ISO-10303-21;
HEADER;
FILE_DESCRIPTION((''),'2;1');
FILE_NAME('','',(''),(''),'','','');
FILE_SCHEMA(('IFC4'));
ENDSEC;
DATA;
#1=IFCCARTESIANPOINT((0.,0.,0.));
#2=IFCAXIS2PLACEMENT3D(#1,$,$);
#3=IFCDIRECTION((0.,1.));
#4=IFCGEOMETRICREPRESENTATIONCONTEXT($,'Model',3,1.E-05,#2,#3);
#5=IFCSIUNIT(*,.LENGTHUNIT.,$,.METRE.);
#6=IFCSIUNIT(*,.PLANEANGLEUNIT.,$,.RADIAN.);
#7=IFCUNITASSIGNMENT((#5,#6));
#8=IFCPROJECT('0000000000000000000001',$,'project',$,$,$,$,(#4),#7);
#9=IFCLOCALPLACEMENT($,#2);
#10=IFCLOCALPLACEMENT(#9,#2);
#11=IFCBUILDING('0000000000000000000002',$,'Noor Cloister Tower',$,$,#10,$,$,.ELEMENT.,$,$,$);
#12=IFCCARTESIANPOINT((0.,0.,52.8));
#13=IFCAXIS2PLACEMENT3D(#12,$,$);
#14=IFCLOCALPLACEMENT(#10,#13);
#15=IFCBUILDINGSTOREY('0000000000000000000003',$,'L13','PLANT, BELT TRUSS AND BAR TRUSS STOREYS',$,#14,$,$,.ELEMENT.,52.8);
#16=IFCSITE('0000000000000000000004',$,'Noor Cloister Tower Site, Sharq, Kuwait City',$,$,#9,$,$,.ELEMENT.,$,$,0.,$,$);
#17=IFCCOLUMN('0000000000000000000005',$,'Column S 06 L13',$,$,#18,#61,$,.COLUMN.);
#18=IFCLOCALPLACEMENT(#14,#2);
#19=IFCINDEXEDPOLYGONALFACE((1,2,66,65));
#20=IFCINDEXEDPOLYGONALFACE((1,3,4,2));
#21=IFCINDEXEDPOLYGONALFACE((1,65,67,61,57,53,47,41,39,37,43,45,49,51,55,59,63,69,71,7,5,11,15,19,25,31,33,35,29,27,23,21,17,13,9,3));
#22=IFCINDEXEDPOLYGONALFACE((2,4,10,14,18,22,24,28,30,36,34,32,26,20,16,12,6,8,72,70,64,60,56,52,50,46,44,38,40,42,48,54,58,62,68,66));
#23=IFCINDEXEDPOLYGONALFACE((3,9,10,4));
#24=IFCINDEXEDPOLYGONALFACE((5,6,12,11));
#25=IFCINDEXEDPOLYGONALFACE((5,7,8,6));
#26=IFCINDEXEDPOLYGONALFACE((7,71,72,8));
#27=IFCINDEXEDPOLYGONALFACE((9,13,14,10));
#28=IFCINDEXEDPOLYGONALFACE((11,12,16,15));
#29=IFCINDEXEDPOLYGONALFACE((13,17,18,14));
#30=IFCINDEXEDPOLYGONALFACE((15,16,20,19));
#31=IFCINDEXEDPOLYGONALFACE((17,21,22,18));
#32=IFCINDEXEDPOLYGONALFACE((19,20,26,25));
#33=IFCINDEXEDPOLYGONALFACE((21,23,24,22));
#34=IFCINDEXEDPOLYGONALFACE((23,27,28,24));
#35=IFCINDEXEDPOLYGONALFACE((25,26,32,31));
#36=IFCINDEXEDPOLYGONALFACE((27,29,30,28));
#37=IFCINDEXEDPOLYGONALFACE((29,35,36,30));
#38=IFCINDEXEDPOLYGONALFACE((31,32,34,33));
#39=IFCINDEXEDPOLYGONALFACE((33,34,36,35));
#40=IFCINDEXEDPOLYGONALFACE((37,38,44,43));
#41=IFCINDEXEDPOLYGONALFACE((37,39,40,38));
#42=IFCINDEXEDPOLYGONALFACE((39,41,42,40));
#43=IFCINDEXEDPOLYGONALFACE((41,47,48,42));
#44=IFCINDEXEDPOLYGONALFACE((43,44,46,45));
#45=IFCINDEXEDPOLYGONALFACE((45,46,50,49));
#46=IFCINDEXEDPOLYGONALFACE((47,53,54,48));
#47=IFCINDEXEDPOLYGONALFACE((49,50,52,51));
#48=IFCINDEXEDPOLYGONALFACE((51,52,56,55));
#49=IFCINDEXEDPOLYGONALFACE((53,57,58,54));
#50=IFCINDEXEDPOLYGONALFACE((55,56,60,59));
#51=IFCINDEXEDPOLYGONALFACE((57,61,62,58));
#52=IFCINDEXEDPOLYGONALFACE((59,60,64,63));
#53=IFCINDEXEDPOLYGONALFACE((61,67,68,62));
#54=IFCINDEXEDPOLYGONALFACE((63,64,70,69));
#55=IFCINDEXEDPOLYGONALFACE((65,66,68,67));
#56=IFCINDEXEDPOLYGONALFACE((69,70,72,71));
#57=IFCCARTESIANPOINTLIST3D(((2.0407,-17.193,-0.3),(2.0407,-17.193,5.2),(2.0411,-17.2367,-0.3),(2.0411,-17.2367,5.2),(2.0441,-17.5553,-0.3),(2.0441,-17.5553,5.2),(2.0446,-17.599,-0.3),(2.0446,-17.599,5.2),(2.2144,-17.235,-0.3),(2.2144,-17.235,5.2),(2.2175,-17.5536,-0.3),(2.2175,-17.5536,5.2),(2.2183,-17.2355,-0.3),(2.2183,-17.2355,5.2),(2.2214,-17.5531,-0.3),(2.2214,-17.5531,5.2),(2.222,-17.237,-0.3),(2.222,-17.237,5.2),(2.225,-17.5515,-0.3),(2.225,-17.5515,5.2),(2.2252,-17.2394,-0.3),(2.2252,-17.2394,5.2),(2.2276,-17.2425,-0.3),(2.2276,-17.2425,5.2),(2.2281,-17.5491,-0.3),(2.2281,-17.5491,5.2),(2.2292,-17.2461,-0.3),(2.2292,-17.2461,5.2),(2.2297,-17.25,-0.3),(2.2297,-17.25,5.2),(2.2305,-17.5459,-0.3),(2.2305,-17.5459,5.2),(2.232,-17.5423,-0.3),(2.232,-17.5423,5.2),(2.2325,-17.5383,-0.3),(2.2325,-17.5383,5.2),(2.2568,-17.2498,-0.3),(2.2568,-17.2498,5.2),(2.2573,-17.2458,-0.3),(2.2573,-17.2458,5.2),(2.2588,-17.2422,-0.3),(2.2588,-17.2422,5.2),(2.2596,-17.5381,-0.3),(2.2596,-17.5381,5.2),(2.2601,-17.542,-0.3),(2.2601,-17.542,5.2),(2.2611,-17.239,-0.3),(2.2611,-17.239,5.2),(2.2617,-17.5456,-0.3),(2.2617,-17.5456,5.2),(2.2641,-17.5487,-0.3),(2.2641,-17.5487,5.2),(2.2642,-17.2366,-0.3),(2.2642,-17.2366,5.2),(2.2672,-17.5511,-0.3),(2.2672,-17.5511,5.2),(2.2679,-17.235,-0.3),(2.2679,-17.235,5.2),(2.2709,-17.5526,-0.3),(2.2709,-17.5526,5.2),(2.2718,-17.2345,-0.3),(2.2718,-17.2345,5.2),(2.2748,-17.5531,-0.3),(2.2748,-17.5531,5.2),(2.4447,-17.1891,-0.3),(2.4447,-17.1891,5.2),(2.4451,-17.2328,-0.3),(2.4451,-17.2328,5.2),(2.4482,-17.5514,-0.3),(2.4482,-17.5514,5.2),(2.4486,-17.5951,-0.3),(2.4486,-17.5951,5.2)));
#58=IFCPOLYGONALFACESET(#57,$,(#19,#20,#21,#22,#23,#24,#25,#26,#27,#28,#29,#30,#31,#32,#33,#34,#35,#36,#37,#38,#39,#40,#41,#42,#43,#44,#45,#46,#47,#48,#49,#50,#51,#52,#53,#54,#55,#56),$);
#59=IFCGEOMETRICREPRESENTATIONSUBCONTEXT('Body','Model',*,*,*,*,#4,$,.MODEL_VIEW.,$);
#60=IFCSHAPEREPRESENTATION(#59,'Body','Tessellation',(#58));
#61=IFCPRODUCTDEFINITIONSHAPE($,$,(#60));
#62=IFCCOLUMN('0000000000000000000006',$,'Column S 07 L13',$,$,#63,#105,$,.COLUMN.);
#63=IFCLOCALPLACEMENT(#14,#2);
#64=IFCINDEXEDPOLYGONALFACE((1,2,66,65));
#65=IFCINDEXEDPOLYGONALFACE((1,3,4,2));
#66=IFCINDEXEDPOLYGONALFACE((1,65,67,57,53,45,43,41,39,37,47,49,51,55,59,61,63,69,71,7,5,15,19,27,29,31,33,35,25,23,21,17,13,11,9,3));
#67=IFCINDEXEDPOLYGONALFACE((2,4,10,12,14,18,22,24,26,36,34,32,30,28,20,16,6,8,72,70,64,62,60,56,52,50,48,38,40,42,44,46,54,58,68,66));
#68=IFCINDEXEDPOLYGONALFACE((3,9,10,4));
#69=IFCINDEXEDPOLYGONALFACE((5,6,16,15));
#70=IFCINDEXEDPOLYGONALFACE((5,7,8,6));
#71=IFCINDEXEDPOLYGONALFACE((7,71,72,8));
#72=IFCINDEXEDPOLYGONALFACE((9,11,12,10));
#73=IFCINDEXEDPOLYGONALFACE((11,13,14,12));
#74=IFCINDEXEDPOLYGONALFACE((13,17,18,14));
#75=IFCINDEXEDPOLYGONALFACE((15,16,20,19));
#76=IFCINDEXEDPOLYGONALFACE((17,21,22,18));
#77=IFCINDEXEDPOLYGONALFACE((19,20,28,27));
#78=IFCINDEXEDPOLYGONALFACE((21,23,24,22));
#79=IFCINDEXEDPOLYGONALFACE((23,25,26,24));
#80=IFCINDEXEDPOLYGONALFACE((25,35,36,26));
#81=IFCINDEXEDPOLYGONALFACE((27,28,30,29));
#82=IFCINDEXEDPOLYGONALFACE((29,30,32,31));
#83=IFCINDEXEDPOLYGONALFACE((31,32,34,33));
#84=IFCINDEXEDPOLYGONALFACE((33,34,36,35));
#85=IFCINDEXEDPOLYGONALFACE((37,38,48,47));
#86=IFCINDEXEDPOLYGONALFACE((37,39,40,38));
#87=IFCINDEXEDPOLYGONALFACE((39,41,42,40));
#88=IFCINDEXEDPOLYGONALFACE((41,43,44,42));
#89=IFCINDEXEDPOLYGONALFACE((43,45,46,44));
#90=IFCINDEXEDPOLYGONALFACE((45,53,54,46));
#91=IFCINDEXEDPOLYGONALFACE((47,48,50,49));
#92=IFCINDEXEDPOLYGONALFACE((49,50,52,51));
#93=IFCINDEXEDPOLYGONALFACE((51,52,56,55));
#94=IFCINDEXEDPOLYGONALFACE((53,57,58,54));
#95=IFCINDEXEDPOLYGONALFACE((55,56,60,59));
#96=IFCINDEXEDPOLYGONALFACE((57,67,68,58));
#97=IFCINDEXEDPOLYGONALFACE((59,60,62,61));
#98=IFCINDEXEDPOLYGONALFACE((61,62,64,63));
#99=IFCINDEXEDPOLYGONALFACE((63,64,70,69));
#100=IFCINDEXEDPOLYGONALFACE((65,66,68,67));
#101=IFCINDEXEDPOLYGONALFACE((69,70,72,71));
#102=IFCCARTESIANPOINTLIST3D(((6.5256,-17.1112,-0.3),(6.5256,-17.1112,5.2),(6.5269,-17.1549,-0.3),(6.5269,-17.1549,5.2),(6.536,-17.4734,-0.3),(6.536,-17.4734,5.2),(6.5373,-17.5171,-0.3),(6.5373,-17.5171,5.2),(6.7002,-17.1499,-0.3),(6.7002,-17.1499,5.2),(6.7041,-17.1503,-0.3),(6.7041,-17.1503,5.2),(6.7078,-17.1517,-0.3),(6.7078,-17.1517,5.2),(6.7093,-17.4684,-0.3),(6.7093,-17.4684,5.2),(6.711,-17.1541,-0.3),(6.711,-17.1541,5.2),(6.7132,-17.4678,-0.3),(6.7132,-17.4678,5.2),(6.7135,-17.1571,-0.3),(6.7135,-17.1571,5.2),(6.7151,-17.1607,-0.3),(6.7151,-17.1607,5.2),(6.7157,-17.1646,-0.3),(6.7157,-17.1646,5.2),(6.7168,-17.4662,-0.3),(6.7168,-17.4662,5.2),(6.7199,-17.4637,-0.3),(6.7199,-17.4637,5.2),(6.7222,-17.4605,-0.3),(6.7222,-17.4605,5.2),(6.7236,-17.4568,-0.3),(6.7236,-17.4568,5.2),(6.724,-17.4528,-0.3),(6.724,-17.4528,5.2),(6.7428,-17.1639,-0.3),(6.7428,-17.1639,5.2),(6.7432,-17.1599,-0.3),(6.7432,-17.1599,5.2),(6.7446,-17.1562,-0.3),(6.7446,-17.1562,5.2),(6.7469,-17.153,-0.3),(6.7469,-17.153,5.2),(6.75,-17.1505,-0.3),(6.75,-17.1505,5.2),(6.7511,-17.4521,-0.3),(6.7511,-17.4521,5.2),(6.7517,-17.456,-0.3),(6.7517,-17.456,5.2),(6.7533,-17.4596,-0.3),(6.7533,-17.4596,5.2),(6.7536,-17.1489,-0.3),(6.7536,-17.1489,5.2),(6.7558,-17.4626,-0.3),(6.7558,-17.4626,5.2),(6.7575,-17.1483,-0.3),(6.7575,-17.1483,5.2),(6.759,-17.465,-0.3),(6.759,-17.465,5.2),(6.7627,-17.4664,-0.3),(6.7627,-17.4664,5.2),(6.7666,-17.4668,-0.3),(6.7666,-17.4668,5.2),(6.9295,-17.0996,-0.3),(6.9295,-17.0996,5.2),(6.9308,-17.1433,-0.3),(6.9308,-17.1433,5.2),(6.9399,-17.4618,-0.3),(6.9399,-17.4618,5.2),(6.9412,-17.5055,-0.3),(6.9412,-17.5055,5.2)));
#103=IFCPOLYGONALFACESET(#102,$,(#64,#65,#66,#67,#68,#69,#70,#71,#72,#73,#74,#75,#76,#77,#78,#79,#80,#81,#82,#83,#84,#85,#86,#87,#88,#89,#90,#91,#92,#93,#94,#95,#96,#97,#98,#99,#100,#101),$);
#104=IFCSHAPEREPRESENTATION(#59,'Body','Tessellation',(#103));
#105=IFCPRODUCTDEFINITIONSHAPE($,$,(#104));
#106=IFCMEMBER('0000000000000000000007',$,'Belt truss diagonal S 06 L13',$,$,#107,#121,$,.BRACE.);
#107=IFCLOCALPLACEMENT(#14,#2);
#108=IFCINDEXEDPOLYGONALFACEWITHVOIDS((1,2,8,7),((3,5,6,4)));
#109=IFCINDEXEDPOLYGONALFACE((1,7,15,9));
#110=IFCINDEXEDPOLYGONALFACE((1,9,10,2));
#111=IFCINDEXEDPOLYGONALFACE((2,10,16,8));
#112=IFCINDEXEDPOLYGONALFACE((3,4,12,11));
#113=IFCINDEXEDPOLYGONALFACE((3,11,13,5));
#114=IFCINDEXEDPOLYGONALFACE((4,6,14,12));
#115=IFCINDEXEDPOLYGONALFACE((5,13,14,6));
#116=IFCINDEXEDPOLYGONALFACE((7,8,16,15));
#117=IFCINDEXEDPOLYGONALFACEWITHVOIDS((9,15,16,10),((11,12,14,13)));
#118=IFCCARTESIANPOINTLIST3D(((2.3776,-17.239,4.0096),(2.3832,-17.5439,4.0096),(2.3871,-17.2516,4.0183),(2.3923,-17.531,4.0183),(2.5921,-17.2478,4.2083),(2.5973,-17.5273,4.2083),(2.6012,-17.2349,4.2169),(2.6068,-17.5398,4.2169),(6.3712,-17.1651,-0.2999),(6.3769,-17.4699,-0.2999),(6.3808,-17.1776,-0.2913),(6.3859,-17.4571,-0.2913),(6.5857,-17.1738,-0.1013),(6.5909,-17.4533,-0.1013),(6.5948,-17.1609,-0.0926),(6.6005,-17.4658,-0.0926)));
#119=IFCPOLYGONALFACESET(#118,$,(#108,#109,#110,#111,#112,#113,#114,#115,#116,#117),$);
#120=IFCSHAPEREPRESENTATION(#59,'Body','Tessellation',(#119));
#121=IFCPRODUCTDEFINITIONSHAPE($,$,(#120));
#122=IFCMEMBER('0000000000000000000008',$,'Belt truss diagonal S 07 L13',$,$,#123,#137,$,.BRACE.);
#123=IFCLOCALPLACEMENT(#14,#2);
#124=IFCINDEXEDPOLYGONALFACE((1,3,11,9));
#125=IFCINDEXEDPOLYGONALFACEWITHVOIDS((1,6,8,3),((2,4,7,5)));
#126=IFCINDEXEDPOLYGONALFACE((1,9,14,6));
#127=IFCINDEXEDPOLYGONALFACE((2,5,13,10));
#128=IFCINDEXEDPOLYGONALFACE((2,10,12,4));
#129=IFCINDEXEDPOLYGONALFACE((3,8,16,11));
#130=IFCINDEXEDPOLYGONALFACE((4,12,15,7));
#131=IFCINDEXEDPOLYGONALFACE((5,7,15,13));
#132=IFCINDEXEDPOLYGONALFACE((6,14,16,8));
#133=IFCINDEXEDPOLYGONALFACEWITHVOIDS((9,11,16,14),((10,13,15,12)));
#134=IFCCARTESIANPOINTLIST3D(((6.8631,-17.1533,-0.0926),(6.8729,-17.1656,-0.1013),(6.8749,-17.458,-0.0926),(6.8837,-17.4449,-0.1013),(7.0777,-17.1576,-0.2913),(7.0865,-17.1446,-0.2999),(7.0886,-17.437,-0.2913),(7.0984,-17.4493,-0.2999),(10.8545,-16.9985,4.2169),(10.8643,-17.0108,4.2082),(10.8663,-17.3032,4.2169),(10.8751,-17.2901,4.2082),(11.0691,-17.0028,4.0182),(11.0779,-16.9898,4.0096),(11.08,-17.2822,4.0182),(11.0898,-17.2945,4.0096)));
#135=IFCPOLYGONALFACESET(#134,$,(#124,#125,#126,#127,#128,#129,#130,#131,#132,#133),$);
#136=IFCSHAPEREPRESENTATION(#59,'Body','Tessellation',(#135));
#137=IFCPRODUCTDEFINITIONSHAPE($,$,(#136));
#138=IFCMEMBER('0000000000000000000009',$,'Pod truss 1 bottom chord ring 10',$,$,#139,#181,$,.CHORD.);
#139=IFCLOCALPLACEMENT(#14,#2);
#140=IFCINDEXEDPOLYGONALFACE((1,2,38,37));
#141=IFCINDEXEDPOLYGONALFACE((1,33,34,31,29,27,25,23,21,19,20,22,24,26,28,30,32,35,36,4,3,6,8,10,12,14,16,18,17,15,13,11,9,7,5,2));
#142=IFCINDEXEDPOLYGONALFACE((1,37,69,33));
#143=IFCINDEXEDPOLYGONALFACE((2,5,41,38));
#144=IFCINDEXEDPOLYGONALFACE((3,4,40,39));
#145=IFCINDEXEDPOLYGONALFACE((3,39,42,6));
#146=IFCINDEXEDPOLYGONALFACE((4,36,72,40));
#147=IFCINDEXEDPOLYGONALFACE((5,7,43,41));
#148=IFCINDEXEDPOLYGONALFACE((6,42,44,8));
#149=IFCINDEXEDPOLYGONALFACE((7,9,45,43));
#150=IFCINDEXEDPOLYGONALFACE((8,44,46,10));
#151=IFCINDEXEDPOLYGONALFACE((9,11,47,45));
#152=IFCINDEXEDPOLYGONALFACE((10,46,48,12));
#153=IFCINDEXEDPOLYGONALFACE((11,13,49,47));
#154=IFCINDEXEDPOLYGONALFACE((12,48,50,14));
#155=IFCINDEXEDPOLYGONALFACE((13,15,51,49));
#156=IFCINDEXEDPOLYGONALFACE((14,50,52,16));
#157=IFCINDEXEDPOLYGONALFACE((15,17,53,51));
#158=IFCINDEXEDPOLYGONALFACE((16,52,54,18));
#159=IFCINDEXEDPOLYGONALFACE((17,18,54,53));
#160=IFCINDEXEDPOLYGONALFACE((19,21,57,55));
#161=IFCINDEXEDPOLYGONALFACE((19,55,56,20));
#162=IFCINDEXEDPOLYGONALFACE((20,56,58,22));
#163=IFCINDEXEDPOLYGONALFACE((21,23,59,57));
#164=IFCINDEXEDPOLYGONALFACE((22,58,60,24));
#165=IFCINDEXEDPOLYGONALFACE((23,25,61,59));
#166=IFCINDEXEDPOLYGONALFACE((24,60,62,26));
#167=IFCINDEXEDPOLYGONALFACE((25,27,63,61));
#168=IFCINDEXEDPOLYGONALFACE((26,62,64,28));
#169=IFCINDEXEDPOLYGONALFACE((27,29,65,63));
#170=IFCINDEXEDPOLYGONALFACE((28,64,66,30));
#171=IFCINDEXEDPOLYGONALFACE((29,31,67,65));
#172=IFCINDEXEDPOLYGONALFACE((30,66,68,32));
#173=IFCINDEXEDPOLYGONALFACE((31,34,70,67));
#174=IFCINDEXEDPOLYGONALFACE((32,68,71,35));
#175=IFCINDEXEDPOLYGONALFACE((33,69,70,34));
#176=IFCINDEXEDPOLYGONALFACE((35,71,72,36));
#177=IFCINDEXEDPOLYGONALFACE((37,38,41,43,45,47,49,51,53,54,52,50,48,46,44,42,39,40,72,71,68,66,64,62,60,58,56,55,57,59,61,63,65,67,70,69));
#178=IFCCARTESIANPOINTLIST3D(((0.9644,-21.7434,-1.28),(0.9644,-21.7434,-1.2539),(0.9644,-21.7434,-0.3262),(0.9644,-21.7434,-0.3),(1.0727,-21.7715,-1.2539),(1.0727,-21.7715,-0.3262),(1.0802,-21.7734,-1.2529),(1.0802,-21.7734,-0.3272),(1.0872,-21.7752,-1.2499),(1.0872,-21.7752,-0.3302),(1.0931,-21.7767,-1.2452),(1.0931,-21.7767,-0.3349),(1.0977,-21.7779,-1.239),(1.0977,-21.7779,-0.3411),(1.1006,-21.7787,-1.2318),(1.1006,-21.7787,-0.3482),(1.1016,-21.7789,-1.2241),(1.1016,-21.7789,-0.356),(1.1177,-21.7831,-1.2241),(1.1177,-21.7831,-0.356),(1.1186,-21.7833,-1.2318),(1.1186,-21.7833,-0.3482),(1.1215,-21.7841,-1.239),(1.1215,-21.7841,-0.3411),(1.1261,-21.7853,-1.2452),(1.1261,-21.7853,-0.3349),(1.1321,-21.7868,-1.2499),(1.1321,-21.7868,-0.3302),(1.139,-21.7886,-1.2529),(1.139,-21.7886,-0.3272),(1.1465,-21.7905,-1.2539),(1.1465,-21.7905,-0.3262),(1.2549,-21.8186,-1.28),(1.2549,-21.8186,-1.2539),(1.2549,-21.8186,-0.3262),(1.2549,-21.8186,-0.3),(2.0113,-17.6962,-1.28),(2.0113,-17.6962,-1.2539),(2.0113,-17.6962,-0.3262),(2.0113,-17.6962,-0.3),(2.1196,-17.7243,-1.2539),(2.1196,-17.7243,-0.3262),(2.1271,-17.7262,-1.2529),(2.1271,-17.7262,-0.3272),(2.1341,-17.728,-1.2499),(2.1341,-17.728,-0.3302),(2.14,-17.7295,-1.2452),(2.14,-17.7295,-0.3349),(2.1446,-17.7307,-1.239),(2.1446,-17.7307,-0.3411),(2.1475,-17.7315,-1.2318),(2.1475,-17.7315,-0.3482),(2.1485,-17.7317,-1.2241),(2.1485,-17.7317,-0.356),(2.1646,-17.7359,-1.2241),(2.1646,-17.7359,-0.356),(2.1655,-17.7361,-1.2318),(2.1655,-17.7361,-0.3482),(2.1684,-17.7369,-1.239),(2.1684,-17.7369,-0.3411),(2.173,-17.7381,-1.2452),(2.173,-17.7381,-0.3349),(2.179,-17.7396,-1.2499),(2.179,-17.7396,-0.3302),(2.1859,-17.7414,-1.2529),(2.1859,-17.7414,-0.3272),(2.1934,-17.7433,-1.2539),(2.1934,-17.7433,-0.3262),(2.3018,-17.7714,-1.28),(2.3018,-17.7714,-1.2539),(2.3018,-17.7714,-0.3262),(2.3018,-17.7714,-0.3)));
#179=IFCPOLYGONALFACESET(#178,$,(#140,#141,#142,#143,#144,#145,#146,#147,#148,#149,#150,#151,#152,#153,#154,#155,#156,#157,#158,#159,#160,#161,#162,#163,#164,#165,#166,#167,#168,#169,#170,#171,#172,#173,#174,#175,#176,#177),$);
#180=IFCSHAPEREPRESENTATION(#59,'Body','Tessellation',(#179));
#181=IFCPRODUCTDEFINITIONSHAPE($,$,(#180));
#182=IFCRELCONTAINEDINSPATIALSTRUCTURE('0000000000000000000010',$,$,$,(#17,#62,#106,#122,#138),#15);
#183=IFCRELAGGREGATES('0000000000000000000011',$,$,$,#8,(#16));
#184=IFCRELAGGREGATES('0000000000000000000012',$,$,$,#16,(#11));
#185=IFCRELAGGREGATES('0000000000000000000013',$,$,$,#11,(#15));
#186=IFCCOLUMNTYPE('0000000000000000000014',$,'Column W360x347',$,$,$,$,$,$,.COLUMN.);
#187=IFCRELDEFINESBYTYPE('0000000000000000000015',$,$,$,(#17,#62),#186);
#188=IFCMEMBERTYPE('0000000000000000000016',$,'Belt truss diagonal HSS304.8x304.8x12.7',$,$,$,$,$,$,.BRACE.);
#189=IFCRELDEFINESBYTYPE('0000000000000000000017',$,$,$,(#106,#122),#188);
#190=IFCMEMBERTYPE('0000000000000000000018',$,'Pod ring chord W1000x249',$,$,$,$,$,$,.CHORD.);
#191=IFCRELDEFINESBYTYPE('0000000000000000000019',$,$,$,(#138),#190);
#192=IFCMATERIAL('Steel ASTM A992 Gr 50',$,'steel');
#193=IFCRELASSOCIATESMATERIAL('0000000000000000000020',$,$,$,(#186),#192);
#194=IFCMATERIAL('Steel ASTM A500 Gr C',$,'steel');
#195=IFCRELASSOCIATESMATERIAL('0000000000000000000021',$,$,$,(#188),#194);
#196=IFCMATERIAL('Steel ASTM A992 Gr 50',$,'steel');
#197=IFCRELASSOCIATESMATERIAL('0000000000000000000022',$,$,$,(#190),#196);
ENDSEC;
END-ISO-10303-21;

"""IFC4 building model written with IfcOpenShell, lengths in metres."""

from ifc_helpers import new_model, si_unit, direction, frame, origin, origin_2d, place, context, subcontext, project, spatial, hollow_rectangle, i_section, extrude, material, material_profile, profile_set, type_object, element, save


model = new_model("IFC4")

# Units and contexts
model_context = context("Model", 3, precision=1e-05, world=origin(), true_north=direction((0.0, 1.0)))
body_context = subcontext(model_context, "Body", "Model", "MODEL_VIEW")
ifc_project = project(units=[si_unit("LENGTHUNIT", "METRE"), si_unit("PLANEANGLEUNIT", "RADIAN")], contexts=[model_context])

# Site, building, storey
site_placement = place(None, origin())
site = spatial("IfcSite", under=ifc_project, at=site_placement, Name="Noor Cloister Tower Site, Sharq, Kuwait City", CompositionType="ELEMENT", RefElevation=0.0)
building_placement = place(site_placement, origin())
building = spatial("IfcBuilding", under=site, at=building_placement, Name="Noor Cloister Tower", CompositionType="ELEMENT")
storey_placement = place(building_placement, frame((0.0, 0.0, 52.8)))
storey = spatial("IfcBuildingStorey", under=building, at=storey_placement, Name="L13", Description="PLANT, BELT TRUSS AND BAR TRUSS STOREYS", CompositionType="ELEMENT", Elevation=52.8)

# Columns
ifc_material_1 = material(Name="Steel ASTM A992 Gr 50", Category="steel")
ifc_material_profile_1 = material_profile(ifc_material_1, i_section(OverallWidth=0.4041, OverallDepth=0.406, WebThickness=0.0271, FlangeThickness=0.0437, FilletRadius=0.0151, at=origin_2d()), Name="W360x347")
ifc_profile_set_1 = profile_set([ifc_material_profile_1], Name="Steel ASTM A992 Gr 50")
column_type = type_object("IfcColumnType", Name="Column W360x347", PredefinedType="COLUMN", material=ifc_profile_set_1)
for number, where, z_axis, x_axis, name in (
    (1, (2.2446, -17.394, -0.3), (0.0, 0.0, 1.0), (0.999954, 0.009548, 0.0), "Column S 06 L13"),
    (2, (6.7334, -17.3083, -0.3), (0.0, 0.0, 1.0), (0.99959, 0.028641, 0.0), "Column S 07 L13"),
):
    element("IfcColumn", number, at=place(storey_placement, frame(where, z_axis=z_axis, x_axis=x_axis)), inside=storey, type_object=column_type, Name=name, PredefinedType="COLUMN", context=body_context, shape_type="SweptSolid", body=[
        extrude(i_section(OverallWidth=0.4041, OverallDepth=0.406, WebThickness=0.0271, FlangeThickness=0.0437, FilletRadius=0.0151, at=origin_2d()), origin(), (0.0, 0.0, 1.0), 5.5),
    ])

# Members
ifc_material_2 = material(Name="Steel ASTM A500 Gr C", Category="steel")
ifc_material_profile_2 = material_profile(ifc_material_2, hollow_rectangle(XDim=0.3049, YDim=0.3049, WallThickness=0.0127, at=origin_2d()), Name="HSS304.8x304.8x12.7")
ifc_profile_set_2 = profile_set([ifc_material_profile_2], Name="Steel ASTM A500 Gr C")
member_type_1 = type_object("IfcMemberType", Name="Belt truss diagonal HSS304.8x304.8x12.7", PredefinedType="BRACE", material=ifc_profile_set_2)
for number, where, z_axis, x_axis, name in (
    (3, (6.4858, -17.3154, -0.1963), (-0.679657, -0.012589, 0.733422), (0.01852, -0.999828, 0.0), "Belt truss diagonal S 06 L13"),
    (4, (6.9807, -17.3013, -0.1963), (0.679274, 0.026342, 0.733412), (-0.03875, 0.999249, 0.0), "Belt truss diagonal S 07 L13"),
):
    element("IfcMember", number, at=place(storey_placement, frame(where, z_axis=z_axis, x_axis=x_axis)), inside=storey, type_object=member_type_1, Name=name, PredefinedType="BRACE", context=body_context, shape_type="SweptSolid", body=[
        extrude(hollow_rectangle(XDim=0.3049, YDim=0.3049, WallThickness=0.0127, at=origin_2d()), origin(), (0.0, 0.0, 1.0), 5.876),
    ])
ifc_material_3 = material(Name="Steel ASTM A992 Gr 50", Category="steel")
ifc_material_profile_3 = material_profile(ifc_material_3, i_section(OverallWidth=0.3, OverallDepth=0.98, WebThickness=0.0166, FlangeThickness=0.0261, FilletRadius=0.0298, at=origin_2d()), Name="W1000x249")
ifc_profile_set_3 = profile_set([ifc_material_profile_3], Name="Steel ASTM A992 Gr 50")
member_type_2 = type_object("IfcMemberType", Name="Pod ring chord W1000x249", PredefinedType="CHORD", material=ifc_profile_set_3)
member_1_placement = place(storey_placement, frame((1.1096, -21.781, -0.79), z_axis=(0.250429, 0.968135, 0.0), x_axis=(-0.968135, 0.250429, 0.0)))
element("IfcMember", 5, at=member_1_placement, inside=storey, type_object=member_type_2, Name="Pod truss 1 bottom chord ring 10", PredefinedType="CHORD", context=body_context, shape_type="SweptSolid", body=[
    extrude(i_section(OverallWidth=0.3, OverallDepth=0.98, WebThickness=0.0166, FlangeThickness=0.0261, FilletRadius=0.0298, at=origin_2d()), origin(), (0.0, 0.0, 1.0), 4.1804),
])

save(model, "model.ifc")
